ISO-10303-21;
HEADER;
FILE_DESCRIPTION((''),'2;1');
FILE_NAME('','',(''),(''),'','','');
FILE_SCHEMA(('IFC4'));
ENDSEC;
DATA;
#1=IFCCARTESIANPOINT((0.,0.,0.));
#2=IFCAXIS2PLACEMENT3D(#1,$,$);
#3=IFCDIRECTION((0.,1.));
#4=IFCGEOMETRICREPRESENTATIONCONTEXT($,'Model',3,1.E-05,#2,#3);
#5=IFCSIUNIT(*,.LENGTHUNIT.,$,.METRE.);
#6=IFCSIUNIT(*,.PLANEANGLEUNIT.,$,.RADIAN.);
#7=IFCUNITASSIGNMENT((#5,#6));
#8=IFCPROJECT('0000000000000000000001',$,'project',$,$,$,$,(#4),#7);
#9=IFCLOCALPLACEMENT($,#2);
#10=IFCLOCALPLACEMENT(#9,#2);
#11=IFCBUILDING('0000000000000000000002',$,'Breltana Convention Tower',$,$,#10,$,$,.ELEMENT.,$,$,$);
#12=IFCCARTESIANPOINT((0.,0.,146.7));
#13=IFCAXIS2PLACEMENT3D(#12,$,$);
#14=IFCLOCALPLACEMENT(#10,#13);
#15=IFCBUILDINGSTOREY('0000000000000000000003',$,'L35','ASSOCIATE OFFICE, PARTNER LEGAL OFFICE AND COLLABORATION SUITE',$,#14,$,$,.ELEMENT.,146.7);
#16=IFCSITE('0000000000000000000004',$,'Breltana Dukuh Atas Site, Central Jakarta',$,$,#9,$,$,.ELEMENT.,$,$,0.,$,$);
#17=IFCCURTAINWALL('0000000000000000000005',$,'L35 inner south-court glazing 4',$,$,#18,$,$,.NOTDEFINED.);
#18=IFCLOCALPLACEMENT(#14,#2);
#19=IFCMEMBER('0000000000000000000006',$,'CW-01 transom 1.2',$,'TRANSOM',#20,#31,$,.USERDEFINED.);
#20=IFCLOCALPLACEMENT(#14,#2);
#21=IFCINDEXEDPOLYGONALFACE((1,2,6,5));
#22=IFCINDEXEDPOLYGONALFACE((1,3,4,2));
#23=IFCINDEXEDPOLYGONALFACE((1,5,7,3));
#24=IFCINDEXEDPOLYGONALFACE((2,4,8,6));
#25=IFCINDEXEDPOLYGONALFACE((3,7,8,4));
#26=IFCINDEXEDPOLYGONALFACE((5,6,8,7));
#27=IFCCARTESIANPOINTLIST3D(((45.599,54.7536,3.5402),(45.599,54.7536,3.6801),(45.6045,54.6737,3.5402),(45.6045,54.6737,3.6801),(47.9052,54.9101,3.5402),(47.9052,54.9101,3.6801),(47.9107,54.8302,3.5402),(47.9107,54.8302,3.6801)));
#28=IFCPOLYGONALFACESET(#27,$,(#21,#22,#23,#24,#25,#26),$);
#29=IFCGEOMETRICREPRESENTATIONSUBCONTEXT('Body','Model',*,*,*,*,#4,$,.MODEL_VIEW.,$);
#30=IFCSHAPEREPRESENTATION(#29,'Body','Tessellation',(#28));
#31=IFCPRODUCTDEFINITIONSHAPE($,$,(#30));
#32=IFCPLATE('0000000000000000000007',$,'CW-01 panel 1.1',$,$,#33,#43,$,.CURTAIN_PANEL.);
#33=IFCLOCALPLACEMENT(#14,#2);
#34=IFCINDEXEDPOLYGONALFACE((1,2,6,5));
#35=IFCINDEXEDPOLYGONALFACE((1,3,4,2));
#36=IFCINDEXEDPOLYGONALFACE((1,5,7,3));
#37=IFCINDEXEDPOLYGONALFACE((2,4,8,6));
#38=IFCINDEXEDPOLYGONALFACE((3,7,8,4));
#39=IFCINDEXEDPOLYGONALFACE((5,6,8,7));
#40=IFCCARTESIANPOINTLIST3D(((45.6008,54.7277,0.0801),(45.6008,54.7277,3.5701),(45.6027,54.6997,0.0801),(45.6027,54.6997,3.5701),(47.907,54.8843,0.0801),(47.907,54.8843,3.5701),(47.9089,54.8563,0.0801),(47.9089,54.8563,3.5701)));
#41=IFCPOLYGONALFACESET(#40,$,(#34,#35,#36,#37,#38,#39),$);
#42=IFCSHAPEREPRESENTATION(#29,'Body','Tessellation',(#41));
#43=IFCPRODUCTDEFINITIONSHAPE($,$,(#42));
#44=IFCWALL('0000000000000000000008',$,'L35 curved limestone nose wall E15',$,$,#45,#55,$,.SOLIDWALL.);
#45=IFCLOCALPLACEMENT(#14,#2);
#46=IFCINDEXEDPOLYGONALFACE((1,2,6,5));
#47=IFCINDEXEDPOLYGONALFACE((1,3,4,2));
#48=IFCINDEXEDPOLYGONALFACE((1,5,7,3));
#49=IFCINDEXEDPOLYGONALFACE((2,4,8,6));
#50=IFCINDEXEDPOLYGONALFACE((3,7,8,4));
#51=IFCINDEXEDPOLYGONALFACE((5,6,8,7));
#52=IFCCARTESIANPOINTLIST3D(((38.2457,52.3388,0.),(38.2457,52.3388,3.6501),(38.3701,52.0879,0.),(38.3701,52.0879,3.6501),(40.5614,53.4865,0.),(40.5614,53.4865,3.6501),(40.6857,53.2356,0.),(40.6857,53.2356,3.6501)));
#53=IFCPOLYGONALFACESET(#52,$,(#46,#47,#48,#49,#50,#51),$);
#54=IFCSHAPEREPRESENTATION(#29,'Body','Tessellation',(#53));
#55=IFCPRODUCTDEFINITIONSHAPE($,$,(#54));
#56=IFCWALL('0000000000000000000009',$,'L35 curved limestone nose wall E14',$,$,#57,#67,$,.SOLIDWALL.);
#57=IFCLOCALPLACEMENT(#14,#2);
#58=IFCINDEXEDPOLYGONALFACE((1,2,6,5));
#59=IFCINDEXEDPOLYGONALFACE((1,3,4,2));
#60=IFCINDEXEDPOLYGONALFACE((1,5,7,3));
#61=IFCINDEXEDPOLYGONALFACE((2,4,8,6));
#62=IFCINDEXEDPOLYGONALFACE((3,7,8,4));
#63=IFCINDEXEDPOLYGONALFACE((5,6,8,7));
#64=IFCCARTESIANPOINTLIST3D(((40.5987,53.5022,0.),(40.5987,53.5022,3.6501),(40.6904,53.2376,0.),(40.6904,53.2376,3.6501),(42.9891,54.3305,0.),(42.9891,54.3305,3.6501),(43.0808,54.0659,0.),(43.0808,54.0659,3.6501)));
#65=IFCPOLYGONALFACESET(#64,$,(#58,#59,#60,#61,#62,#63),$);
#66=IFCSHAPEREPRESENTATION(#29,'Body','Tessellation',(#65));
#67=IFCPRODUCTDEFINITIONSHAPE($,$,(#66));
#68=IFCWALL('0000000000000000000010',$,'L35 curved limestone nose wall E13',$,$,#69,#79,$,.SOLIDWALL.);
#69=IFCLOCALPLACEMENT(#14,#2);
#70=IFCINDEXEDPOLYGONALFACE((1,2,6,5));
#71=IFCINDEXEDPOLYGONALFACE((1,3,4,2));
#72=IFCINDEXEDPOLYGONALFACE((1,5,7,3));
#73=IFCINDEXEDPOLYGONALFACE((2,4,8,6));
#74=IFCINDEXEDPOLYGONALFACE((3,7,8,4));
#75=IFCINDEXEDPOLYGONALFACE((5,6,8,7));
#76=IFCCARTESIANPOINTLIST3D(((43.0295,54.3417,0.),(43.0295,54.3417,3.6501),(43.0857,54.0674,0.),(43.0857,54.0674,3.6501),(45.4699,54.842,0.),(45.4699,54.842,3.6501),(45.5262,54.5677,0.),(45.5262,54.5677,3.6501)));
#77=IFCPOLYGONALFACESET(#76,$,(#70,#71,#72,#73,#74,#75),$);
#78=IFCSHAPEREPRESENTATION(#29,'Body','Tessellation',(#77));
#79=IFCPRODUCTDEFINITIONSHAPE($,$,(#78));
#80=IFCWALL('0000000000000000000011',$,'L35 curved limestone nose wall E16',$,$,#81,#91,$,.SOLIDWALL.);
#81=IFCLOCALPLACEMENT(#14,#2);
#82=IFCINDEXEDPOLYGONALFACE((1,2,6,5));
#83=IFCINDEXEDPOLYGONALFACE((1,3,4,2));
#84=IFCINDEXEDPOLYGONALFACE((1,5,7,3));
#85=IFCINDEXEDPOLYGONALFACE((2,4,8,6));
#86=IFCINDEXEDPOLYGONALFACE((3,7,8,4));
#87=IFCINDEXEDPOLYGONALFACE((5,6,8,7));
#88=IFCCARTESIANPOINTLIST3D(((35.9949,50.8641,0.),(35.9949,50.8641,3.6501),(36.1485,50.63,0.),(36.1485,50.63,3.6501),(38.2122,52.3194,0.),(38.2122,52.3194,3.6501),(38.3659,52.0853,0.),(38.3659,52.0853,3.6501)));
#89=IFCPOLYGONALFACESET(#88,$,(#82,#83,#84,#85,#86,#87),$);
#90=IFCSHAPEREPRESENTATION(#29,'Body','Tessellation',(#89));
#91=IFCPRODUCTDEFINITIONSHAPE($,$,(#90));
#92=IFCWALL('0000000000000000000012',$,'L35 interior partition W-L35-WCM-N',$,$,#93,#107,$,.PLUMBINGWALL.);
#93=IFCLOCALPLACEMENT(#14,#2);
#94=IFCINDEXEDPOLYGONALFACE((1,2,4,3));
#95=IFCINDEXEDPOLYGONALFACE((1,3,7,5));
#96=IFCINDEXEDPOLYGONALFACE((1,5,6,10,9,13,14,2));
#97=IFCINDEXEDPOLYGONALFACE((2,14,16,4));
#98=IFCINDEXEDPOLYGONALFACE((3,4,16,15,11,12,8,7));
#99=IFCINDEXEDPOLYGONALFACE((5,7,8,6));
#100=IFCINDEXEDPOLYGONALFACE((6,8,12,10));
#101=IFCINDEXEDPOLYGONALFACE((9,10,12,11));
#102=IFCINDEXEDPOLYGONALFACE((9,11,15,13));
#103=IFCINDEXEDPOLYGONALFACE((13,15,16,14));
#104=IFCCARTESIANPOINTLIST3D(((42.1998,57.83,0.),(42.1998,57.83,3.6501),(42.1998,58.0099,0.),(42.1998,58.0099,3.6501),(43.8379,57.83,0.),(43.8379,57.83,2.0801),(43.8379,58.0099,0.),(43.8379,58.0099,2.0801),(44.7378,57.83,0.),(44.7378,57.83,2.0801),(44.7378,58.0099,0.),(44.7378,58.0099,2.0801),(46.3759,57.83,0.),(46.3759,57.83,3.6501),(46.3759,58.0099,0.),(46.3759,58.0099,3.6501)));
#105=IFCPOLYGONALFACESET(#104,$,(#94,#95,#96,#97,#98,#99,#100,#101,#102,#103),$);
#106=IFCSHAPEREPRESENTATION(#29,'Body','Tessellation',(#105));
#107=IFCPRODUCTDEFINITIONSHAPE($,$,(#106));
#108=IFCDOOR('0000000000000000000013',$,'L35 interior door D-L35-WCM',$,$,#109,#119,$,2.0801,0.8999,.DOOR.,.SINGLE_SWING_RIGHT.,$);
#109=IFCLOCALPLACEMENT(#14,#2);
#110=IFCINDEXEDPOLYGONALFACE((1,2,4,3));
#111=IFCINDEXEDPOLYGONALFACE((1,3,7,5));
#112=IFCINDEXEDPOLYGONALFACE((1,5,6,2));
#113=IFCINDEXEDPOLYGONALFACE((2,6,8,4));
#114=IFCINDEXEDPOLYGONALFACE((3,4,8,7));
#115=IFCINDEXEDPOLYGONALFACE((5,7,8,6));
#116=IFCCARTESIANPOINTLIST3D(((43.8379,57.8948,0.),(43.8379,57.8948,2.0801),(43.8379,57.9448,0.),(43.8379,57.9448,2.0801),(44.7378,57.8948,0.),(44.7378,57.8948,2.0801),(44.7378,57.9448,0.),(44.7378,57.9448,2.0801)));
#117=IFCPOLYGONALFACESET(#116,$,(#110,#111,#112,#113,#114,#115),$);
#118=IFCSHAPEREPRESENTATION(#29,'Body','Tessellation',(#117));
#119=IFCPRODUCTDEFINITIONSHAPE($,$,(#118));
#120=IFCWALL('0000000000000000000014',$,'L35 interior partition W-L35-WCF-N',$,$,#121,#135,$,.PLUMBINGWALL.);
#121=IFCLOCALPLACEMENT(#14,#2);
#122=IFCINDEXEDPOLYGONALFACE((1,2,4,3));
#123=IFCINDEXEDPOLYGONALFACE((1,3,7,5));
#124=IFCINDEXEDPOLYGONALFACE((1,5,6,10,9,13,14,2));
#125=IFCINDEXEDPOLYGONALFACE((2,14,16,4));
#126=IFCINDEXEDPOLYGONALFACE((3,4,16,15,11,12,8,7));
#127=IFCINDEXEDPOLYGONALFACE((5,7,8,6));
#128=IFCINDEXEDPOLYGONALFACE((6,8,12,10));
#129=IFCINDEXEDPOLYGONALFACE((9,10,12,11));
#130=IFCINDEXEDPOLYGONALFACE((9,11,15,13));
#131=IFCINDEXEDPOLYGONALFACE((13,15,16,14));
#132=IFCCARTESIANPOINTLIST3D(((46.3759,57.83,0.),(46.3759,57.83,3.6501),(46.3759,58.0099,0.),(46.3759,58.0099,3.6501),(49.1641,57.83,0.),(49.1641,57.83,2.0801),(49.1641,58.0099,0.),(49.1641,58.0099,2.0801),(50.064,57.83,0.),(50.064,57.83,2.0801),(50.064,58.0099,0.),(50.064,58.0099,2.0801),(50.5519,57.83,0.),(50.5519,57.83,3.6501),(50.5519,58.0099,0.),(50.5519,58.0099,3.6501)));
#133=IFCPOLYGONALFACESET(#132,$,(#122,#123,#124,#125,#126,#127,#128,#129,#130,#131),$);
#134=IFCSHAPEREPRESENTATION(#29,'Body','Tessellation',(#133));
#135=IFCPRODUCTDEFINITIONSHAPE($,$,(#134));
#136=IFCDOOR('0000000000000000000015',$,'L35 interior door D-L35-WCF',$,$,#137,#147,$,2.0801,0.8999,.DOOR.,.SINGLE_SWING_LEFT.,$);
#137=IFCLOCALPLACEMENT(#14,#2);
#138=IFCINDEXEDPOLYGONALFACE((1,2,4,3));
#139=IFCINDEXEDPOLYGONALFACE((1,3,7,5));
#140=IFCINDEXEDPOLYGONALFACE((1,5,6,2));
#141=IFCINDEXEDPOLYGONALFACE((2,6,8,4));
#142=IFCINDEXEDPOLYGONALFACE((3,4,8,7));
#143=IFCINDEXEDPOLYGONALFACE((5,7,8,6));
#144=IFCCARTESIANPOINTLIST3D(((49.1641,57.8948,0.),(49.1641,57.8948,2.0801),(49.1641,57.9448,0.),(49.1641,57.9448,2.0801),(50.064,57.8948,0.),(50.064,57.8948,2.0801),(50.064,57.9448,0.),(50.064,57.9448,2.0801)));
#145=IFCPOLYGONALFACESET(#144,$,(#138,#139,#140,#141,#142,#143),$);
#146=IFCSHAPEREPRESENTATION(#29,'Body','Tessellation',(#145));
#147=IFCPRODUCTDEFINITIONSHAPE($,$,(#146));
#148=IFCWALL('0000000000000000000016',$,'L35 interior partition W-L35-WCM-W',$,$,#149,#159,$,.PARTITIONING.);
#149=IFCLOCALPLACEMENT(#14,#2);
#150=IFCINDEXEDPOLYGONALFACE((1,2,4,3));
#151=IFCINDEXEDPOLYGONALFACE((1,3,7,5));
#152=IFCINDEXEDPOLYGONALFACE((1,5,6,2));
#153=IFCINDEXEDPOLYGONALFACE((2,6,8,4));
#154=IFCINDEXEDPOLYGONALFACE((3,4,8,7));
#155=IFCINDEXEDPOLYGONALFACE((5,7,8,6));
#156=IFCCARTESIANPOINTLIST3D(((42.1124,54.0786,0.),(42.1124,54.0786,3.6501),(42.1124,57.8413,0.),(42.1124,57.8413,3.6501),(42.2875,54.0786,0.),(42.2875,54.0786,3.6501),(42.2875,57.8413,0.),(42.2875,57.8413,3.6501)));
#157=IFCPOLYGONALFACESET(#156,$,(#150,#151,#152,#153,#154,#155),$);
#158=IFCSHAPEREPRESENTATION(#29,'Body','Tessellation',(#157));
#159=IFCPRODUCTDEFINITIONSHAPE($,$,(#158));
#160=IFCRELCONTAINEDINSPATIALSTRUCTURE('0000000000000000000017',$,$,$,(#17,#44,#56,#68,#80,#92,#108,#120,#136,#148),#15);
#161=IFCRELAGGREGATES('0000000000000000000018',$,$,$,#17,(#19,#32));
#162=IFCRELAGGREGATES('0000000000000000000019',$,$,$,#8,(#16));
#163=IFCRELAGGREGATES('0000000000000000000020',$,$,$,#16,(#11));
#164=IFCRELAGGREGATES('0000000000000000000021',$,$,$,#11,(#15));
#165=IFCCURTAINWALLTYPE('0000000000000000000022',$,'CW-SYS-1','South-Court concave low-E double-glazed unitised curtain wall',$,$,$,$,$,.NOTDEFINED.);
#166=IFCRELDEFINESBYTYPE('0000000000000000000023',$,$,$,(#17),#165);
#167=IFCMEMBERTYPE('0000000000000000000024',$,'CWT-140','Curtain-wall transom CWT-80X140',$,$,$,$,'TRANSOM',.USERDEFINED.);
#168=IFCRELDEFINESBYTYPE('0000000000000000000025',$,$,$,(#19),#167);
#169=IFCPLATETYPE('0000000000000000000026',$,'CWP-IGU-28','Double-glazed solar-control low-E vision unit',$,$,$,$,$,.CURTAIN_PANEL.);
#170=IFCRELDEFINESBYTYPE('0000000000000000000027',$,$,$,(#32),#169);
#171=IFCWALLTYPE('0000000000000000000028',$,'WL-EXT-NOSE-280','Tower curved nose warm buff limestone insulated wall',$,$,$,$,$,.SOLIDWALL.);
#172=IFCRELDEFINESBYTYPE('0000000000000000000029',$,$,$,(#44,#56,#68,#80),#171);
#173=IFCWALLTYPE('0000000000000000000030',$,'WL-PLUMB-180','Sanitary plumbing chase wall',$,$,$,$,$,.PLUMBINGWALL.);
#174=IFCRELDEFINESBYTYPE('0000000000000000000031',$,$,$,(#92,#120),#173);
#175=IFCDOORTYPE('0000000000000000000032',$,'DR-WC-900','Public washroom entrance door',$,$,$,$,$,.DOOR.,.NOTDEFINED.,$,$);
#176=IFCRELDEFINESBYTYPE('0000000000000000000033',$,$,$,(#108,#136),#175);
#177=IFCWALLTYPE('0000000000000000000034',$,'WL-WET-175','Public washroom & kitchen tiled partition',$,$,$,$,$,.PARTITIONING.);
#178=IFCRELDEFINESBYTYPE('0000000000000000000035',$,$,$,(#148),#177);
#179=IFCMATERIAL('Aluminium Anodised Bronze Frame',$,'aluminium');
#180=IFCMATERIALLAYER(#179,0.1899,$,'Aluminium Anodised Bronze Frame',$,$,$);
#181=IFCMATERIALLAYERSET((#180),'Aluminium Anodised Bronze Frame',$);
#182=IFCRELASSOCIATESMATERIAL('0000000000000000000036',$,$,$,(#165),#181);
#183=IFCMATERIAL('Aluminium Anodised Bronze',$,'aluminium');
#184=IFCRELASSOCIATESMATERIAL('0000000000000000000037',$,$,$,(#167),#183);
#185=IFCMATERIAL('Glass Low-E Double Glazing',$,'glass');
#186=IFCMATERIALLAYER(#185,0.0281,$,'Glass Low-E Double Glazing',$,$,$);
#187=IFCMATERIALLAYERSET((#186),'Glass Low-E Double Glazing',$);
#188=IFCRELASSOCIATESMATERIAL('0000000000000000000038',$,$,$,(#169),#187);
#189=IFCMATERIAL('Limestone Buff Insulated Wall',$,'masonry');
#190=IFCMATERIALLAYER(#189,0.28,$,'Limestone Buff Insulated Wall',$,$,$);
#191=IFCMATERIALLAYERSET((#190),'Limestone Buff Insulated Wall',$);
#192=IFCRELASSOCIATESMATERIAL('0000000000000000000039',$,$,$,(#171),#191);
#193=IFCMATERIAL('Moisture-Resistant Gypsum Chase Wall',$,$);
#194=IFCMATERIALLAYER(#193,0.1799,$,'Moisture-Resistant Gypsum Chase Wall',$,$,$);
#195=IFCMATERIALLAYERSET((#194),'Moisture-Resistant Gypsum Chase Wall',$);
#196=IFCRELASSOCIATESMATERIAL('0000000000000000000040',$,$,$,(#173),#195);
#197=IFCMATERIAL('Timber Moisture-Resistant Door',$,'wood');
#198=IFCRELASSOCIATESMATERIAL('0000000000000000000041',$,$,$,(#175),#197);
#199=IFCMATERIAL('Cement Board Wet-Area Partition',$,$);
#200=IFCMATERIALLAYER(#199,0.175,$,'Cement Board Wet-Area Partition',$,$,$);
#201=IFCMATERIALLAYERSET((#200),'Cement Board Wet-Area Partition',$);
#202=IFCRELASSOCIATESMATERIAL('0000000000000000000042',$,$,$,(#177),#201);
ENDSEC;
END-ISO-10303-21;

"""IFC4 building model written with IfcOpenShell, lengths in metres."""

from ifc_helpers import new_model, si_unit, direction, frame, frame_2d, origin, origin_2d, place, context, subcontext, project, spatial, rectangle, extrude, source, transform, mapped, material, layer, layer_set, material_profile, profile_set, type_object, type_shapes, element, fill, aggregate, save


model = new_model("IFC4")

# Units and contexts
model_context = context("Model", 3, precision=1e-05, world=origin(), true_north=direction((0.0, 1.0)))
body_context = subcontext(model_context, "Body", "Model", "MODEL_VIEW")
ifc_project = project(units=[si_unit("LENGTHUNIT", "METRE"), si_unit("PLANEANGLEUNIT", "RADIAN")], contexts=[model_context])

# Site, building, storey
site_placement = place(None, origin())
site = spatial("IfcSite", under=ifc_project, at=site_placement, Name="Breltana Dukuh Atas Site, Central Jakarta", CompositionType="ELEMENT", RefElevation=0.0)
building_placement = place(site_placement, origin())
building = spatial("IfcBuilding", under=site, at=building_placement, Name="Breltana Convention Tower", CompositionType="ELEMENT")
storey_placement = place(building_placement, frame((0.0, 0.0, 146.7)))
storey = spatial("IfcBuildingStorey", under=building, at=storey_placement, Name="L35", Description="ASSOCIATE OFFICE, PARTNER LEGAL OFFICE AND COLLABORATION SUITE", CompositionType="ELEMENT", Elevation=146.7)

# Curtain wall, member, plate
ifc_material_1 = material(Name="Aluminium Anodised Bronze Frame", Category="aluminium")
ifc_layer_1 = layer(ifc_material_1, 0.1899, Name="Aluminium Anodised Bronze Frame")
ifc_layer_set_1 = layer_set([ifc_layer_1], Name="Aluminium Anodised Bronze Frame")
curtain_wall_type = type_object("IfcCurtainWallType", Name="CW-SYS-1", Description="South-Court concave low-E double-glazed unitised curtain wall", PredefinedType="NOTDEFINED", material=ifc_layer_set_1)
curtain_wall_placement = place(storey_placement, origin())
curtain_wall = element("IfcCurtainWall", 1, at=curtain_wall_placement, inside=storey, type_object=curtain_wall_type, Name="L35 inner south-court glazing 4", PredefinedType="NOTDEFINED")
ifc_material_2 = material(Name="Aluminium Anodised Bronze", Category="aluminium")
ifc_material_profile_1 = material_profile(ifc_material_2, rectangle(XDim=0.0801, YDim=0.1399, at=origin_2d()), Name="CWT-80X140")
ifc_profile_set_1 = profile_set([ifc_material_profile_1], Name="Aluminium Anodised Bronze")
member_type_1 = type_object("IfcMemberType", Name="CWT-140", Description="Curtain-wall transom CWT-80X140", ElementType="TRANSOM", PredefinedType="USERDEFINED", material=ifc_profile_set_1)
shared_shape_1 = source(origin(), body_context, "Body", "SweptSolid", [
    extrude(rectangle(XDim=0.0801, YDim=0.1399, at=origin_2d()), origin(), (0.0, 0.0, 1.0), 2.3115),
])
member_1_placement = place(storey_placement, frame((47.908, 54.8701, 3.6101), z_axis=(-0.997705, -0.067704, 0.0), x_axis=(0.067704, -0.997705, 0.0)))
member_1 = element("IfcMember", 2, at=member_1_placement, type_object=member_type_1, Name="CW-01 transom 1.2", ObjectType="TRANSOM", PredefinedType="USERDEFINED", context=body_context, shape_type="MappedRepresentation", body=[
    mapped(shared_shape_1, transform((0.0, 0.0, 0.0), scale=1.0)),
])
ifc_material_3 = material(Name="Glass Low-E Double Glazing", Category="glass")
ifc_layer_2 = layer(ifc_material_3, 0.0281, Name="Glass Low-E Double Glazing")
ifc_layer_set_2 = layer_set([ifc_layer_2], Name="Glass Low-E Double Glazing")
plate_type = type_object("IfcPlateType", Name="CWP-IGU-28", Description="Double-glazed solar-control low-E vision unit", PredefinedType="CURTAIN_PANEL", material=ifc_layer_set_2)
shared_shape_2 = source(origin(), body_context, "Body", "SweptSolid", [
    extrude(rectangle(XDim=2.3115, YDim=0.0281, at=origin_2d()), origin(), (0.0, 0.0, 1.0), 3.49),
])
plate_placement = place(storey_placement, frame((46.7549, 54.792, 0.0801), z_axis=(0.0, 0.0, 1.0), x_axis=(-0.997703, -0.067733, 0.0)))
plate = element("IfcPlate", 3, at=plate_placement, type_object=plate_type, Name="CW-01 panel 1.1", PredefinedType="CURTAIN_PANEL", context=body_context, shape_type="MappedRepresentation", body=[
    mapped(shared_shape_2, transform((0.0, 0.0, 0.0), scale=1.0)),
])
aggregate(curtain_wall, [member_1, plate])

# Walls
ifc_material_4 = material(Name="Limestone Buff Insulated Wall", Category="masonry")
ifc_layer_3 = layer(ifc_material_4, 0.28, Name="Limestone Buff Insulated Wall")
ifc_layer_set_3 = layer_set([ifc_layer_3], Name="Limestone Buff Insulated Wall")
wall_type_1 = type_object("IfcWallType", Name="WL-EXT-NOSE-280", Description="Tower curved nose warm buff limestone insulated wall", PredefinedType="SOLIDWALL", material=ifc_layer_set_3)
shared_shape_3 = source(origin(), body_context, "Body", "SweptSolid", [
    extrude(rectangle(XDim=2.5845, YDim=0.28, at=frame_2d((1.2922, 0.0))), origin(), (0.0, 0.0, 1.0), 3.6501),
])
wall_1_placement = place(storey_placement, frame((40.6235, 53.3611, 0.0), z_axis=(0.0, 0.0, 1.0), x_axis=(-0.89599, -0.444075, 0.0)))
element("IfcWall", 4, at=wall_1_placement, inside=storey, type_object=wall_type_1, Name="L35 curved limestone nose wall E15", PredefinedType="SOLIDWALL", context=body_context, shape_type="MappedRepresentation", body=[
    mapped(shared_shape_3, transform((0.0, 0.0, 0.0), scale=1.0)),
])
shared_shape_4 = source(origin(), body_context, "Body", "SweptSolid", [
    extrude(rectangle(XDim=2.5298, YDim=0.28, at=frame_2d((1.2649, 0.0))), origin(), (0.0, 0.0, 1.0), 3.6501),
])
wall_2_placement = place(storey_placement, frame((43.0349, 54.1982, 0.0), z_axis=(0.0, 0.0, 1.0), x_axis=(-0.944872, -0.327439, 0.0)))
element("IfcWall", 5, at=wall_2_placement, inside=storey, type_object=wall_type_1, Name="L35 curved limestone nose wall E14", PredefinedType="SOLIDWALL", context=body_context, shape_type="MappedRepresentation", body=[
    mapped(shared_shape_4, transform((0.0, 0.0, 0.0), scale=1.0)),
])
shared_shape_5 = source(origin(), body_context, "Body", "SweptSolid", [
    extrude(rectangle(XDim=2.4912, YDim=0.28, at=frame_2d((1.2456, 0.0))), origin(), (0.0, 0.0, 1.0), 3.6501),
])
wall_3_placement = place(storey_placement, frame((45.498, 54.7048, 0.0), z_axis=(0.0, 0.0, 1.0), x_axis=(-0.979631, -0.200807, 0.0)))
element("IfcWall", 6, at=wall_3_placement, inside=storey, type_object=wall_type_1, Name="L35 curved limestone nose wall E13", PredefinedType="SOLIDWALL", context=body_context, shape_type="MappedRepresentation", body=[
    mapped(shared_shape_5, transform((0.0, 0.0, 0.0), scale=1.0)),
])
shared_shape_6 = source(origin(), body_context, "Body", "SweptSolid", [
    extrude(rectangle(XDim=2.6523, YDim=0.28, at=frame_2d((1.3262, 0.0))), origin(), (0.0, 0.0, 1.0), 3.6501),
])
wall_4_placement = place(storey_placement, frame((38.2891, 52.2024, 0.0), z_axis=(0.0, 0.0, 1.0), x_axis=(-0.836008, -0.548717, 0.0)))
element("IfcWall", 7, at=wall_4_placement, inside=storey, type_object=wall_type_1, Name="L35 curved limestone nose wall E16", PredefinedType="SOLIDWALL", context=body_context, shape_type="MappedRepresentation", body=[
    mapped(shared_shape_6, transform((0.0, 0.0, 0.0), scale=1.0)),
])

# Walls, openings, doors
ifc_material_5 = material(Name="Moisture-Resistant Gypsum Chase Wall")
ifc_layer_4 = layer(ifc_material_5, 0.1799, Name="Moisture-Resistant Gypsum Chase Wall")
ifc_layer_set_4 = layer_set([ifc_layer_4], Name="Moisture-Resistant Gypsum Chase Wall")
wall_type_2 = type_object("IfcWallType", Name="WL-PLUMB-180", Description="Sanitary plumbing chase wall", PredefinedType="PLUMBINGWALL", material=ifc_layer_set_4)
shared_shape_7 = source(origin(), body_context, "Body", "SweptSolid", [
    extrude(rectangle(XDim=4.176, YDim=0.1799, at=frame_2d((2.0879, 0.0))), origin(), (0.0, 0.0, 1.0), 3.6501),
])
wall_5_placement = place(storey_placement, frame((42.2, 57.9199, 0.0), z_axis=(0.0, 0.0, 1.0), x_axis=(1.0, 0.0, 0.0)))
wall_5 = element("IfcWall", 8, at=wall_5_placement, inside=storey, type_object=wall_type_2, Name="L35 interior partition W-L35-WCM-N", PredefinedType="PLUMBINGWALL", context=body_context, shape_type="MappedRepresentation", body=[
    mapped(shared_shape_7, transform((0.0, 0.0, 0.0), scale=1.0)),
])
opening_1_placement = place(wall_5_placement, frame((1.6379, 0.0, 0.0)))
opening_1 = element("IfcOpeningElement", 9, at=opening_1_placement, cuts=wall_5, PredefinedType="OPENING", context=body_context, shape_type="SweptSolid", body=[
    extrude(rectangle(XDim=0.8999, YDim=2.0801, at=frame_2d((0.45, 1.04))), frame((0.0, 0.1001, 0.0), z_axis=(0.0, -1.0, 0.0), x_axis=(1.0, 0.0, 0.0)), (0.0, 0.0, 1.0), 0.2),
])
ifc_material_6 = material(Name="Timber Moisture-Resistant Door", Category="wood")
door_type = type_object("IfcDoorType", Name="DR-WC-900", Description="Public washroom entrance door", OperationType="NOTDEFINED", PredefinedType="DOOR", material=ifc_material_6)
shared_shape_8 = source(origin(), body_context, "Body", "SweptSolid", [
    extrude(rectangle(XDim=0.8999, YDim=2.0801, at=frame_2d((0.45, 1.04))), frame((0.0, 0.0249, 0.0), z_axis=(0.0, -1.0, 0.0), x_axis=(1.0, 0.0, 0.0)), (0.0, 0.0, 1.0), 0.05),
])
type_shapes(door_type, [shared_shape_8])
door_1_placement = place(opening_1_placement, origin())
door_1 = element("IfcDoor", 10, at=door_1_placement, inside=storey, type_object=door_type, Name="L35 interior door D-L35-WCM", OperationType="SINGLE_SWING_RIGHT", OverallHeight=2.0801, OverallWidth=0.8999, PredefinedType="DOOR", context=body_context, shape_type="MappedRepresentation", body=[
    mapped(shared_shape_8, transform((0.0, 0.0, 0.0), scale=1.0)),
])
fill(opening_1, door_1)
wall_6_placement = place(storey_placement, frame((46.376, 57.9199, 0.0), z_axis=(0.0, 0.0, 1.0), x_axis=(1.0, 0.0, 0.0)))
wall_6 = element("IfcWall", 11, at=wall_6_placement, inside=storey, type_object=wall_type_2, Name="L35 interior partition W-L35-WCF-N", PredefinedType="PLUMBINGWALL", context=body_context, shape_type="MappedRepresentation", body=[
    mapped(shared_shape_7, transform((0.0, 0.0, 0.0), scale=1.0)),
])
opening_2_placement = place(wall_6_placement, frame((2.7881, 0.0, 0.0)))
opening_2 = element("IfcOpeningElement", 12, at=opening_2_placement, cuts=wall_6, PredefinedType="OPENING", context=body_context, shape_type="SweptSolid", body=[
    extrude(rectangle(XDim=0.8999, YDim=2.0801, at=frame_2d((0.45, 1.04))), frame((0.0, 0.1001, 0.0), z_axis=(0.0, -1.0, 0.0), x_axis=(1.0, 0.0, 0.0)), (0.0, 0.0, 1.0), 0.2),
])
door_2_placement = place(opening_2_placement, origin())
door_2 = element("IfcDoor", 13, at=door_2_placement, inside=storey, type_object=door_type, Name="L35 interior door D-L35-WCF", OperationType="SINGLE_SWING_LEFT", OverallHeight=2.0801, OverallWidth=0.8999, PredefinedType="DOOR", context=body_context, shape_type="MappedRepresentation", body=[
    mapped(shared_shape_8, transform((0.0, 0.0, 0.0), scale=1.0)),
])
fill(opening_2, door_2)

# Wall
ifc_material_7 = material(Name="Cement Board Wet-Area Partition")
ifc_layer_5 = layer(ifc_material_7, 0.175, Name="Cement Board Wet-Area Partition")
ifc_layer_set_5 = layer_set([ifc_layer_5], Name="Cement Board Wet-Area Partition")
wall_type_3 = type_object("IfcWallType", Name="WL-WET-175", Description="Public washroom & kitchen tiled partition", PredefinedType="PARTITIONING", material=ifc_layer_set_5)
shared_shape_9 = source(origin(), body_context, "Body", "SweptSolid", [
    extrude(rectangle(XDim=3.7627, YDim=0.175, at=frame_2d((1.8813, 0.0))), origin(), (0.0, 0.0, 1.0), 3.6501),
])
wall_7_placement = place(storey_placement, frame((42.2, 54.0786, 0.0), z_axis=(0.0, 0.0, 1.0), x_axis=(0.0, 1.0, 0.0)))
element("IfcWall", 14, at=wall_7_placement, inside=storey, type_object=wall_type_3, Name="L35 interior partition W-L35-WCM-W", PredefinedType="PARTITIONING", context=body_context, shape_type="MappedRepresentation", body=[
    mapped(shared_shape_9, transform((0.0, 0.0, 0.0), scale=1.0)),
])

save(model, "model.ifc")
